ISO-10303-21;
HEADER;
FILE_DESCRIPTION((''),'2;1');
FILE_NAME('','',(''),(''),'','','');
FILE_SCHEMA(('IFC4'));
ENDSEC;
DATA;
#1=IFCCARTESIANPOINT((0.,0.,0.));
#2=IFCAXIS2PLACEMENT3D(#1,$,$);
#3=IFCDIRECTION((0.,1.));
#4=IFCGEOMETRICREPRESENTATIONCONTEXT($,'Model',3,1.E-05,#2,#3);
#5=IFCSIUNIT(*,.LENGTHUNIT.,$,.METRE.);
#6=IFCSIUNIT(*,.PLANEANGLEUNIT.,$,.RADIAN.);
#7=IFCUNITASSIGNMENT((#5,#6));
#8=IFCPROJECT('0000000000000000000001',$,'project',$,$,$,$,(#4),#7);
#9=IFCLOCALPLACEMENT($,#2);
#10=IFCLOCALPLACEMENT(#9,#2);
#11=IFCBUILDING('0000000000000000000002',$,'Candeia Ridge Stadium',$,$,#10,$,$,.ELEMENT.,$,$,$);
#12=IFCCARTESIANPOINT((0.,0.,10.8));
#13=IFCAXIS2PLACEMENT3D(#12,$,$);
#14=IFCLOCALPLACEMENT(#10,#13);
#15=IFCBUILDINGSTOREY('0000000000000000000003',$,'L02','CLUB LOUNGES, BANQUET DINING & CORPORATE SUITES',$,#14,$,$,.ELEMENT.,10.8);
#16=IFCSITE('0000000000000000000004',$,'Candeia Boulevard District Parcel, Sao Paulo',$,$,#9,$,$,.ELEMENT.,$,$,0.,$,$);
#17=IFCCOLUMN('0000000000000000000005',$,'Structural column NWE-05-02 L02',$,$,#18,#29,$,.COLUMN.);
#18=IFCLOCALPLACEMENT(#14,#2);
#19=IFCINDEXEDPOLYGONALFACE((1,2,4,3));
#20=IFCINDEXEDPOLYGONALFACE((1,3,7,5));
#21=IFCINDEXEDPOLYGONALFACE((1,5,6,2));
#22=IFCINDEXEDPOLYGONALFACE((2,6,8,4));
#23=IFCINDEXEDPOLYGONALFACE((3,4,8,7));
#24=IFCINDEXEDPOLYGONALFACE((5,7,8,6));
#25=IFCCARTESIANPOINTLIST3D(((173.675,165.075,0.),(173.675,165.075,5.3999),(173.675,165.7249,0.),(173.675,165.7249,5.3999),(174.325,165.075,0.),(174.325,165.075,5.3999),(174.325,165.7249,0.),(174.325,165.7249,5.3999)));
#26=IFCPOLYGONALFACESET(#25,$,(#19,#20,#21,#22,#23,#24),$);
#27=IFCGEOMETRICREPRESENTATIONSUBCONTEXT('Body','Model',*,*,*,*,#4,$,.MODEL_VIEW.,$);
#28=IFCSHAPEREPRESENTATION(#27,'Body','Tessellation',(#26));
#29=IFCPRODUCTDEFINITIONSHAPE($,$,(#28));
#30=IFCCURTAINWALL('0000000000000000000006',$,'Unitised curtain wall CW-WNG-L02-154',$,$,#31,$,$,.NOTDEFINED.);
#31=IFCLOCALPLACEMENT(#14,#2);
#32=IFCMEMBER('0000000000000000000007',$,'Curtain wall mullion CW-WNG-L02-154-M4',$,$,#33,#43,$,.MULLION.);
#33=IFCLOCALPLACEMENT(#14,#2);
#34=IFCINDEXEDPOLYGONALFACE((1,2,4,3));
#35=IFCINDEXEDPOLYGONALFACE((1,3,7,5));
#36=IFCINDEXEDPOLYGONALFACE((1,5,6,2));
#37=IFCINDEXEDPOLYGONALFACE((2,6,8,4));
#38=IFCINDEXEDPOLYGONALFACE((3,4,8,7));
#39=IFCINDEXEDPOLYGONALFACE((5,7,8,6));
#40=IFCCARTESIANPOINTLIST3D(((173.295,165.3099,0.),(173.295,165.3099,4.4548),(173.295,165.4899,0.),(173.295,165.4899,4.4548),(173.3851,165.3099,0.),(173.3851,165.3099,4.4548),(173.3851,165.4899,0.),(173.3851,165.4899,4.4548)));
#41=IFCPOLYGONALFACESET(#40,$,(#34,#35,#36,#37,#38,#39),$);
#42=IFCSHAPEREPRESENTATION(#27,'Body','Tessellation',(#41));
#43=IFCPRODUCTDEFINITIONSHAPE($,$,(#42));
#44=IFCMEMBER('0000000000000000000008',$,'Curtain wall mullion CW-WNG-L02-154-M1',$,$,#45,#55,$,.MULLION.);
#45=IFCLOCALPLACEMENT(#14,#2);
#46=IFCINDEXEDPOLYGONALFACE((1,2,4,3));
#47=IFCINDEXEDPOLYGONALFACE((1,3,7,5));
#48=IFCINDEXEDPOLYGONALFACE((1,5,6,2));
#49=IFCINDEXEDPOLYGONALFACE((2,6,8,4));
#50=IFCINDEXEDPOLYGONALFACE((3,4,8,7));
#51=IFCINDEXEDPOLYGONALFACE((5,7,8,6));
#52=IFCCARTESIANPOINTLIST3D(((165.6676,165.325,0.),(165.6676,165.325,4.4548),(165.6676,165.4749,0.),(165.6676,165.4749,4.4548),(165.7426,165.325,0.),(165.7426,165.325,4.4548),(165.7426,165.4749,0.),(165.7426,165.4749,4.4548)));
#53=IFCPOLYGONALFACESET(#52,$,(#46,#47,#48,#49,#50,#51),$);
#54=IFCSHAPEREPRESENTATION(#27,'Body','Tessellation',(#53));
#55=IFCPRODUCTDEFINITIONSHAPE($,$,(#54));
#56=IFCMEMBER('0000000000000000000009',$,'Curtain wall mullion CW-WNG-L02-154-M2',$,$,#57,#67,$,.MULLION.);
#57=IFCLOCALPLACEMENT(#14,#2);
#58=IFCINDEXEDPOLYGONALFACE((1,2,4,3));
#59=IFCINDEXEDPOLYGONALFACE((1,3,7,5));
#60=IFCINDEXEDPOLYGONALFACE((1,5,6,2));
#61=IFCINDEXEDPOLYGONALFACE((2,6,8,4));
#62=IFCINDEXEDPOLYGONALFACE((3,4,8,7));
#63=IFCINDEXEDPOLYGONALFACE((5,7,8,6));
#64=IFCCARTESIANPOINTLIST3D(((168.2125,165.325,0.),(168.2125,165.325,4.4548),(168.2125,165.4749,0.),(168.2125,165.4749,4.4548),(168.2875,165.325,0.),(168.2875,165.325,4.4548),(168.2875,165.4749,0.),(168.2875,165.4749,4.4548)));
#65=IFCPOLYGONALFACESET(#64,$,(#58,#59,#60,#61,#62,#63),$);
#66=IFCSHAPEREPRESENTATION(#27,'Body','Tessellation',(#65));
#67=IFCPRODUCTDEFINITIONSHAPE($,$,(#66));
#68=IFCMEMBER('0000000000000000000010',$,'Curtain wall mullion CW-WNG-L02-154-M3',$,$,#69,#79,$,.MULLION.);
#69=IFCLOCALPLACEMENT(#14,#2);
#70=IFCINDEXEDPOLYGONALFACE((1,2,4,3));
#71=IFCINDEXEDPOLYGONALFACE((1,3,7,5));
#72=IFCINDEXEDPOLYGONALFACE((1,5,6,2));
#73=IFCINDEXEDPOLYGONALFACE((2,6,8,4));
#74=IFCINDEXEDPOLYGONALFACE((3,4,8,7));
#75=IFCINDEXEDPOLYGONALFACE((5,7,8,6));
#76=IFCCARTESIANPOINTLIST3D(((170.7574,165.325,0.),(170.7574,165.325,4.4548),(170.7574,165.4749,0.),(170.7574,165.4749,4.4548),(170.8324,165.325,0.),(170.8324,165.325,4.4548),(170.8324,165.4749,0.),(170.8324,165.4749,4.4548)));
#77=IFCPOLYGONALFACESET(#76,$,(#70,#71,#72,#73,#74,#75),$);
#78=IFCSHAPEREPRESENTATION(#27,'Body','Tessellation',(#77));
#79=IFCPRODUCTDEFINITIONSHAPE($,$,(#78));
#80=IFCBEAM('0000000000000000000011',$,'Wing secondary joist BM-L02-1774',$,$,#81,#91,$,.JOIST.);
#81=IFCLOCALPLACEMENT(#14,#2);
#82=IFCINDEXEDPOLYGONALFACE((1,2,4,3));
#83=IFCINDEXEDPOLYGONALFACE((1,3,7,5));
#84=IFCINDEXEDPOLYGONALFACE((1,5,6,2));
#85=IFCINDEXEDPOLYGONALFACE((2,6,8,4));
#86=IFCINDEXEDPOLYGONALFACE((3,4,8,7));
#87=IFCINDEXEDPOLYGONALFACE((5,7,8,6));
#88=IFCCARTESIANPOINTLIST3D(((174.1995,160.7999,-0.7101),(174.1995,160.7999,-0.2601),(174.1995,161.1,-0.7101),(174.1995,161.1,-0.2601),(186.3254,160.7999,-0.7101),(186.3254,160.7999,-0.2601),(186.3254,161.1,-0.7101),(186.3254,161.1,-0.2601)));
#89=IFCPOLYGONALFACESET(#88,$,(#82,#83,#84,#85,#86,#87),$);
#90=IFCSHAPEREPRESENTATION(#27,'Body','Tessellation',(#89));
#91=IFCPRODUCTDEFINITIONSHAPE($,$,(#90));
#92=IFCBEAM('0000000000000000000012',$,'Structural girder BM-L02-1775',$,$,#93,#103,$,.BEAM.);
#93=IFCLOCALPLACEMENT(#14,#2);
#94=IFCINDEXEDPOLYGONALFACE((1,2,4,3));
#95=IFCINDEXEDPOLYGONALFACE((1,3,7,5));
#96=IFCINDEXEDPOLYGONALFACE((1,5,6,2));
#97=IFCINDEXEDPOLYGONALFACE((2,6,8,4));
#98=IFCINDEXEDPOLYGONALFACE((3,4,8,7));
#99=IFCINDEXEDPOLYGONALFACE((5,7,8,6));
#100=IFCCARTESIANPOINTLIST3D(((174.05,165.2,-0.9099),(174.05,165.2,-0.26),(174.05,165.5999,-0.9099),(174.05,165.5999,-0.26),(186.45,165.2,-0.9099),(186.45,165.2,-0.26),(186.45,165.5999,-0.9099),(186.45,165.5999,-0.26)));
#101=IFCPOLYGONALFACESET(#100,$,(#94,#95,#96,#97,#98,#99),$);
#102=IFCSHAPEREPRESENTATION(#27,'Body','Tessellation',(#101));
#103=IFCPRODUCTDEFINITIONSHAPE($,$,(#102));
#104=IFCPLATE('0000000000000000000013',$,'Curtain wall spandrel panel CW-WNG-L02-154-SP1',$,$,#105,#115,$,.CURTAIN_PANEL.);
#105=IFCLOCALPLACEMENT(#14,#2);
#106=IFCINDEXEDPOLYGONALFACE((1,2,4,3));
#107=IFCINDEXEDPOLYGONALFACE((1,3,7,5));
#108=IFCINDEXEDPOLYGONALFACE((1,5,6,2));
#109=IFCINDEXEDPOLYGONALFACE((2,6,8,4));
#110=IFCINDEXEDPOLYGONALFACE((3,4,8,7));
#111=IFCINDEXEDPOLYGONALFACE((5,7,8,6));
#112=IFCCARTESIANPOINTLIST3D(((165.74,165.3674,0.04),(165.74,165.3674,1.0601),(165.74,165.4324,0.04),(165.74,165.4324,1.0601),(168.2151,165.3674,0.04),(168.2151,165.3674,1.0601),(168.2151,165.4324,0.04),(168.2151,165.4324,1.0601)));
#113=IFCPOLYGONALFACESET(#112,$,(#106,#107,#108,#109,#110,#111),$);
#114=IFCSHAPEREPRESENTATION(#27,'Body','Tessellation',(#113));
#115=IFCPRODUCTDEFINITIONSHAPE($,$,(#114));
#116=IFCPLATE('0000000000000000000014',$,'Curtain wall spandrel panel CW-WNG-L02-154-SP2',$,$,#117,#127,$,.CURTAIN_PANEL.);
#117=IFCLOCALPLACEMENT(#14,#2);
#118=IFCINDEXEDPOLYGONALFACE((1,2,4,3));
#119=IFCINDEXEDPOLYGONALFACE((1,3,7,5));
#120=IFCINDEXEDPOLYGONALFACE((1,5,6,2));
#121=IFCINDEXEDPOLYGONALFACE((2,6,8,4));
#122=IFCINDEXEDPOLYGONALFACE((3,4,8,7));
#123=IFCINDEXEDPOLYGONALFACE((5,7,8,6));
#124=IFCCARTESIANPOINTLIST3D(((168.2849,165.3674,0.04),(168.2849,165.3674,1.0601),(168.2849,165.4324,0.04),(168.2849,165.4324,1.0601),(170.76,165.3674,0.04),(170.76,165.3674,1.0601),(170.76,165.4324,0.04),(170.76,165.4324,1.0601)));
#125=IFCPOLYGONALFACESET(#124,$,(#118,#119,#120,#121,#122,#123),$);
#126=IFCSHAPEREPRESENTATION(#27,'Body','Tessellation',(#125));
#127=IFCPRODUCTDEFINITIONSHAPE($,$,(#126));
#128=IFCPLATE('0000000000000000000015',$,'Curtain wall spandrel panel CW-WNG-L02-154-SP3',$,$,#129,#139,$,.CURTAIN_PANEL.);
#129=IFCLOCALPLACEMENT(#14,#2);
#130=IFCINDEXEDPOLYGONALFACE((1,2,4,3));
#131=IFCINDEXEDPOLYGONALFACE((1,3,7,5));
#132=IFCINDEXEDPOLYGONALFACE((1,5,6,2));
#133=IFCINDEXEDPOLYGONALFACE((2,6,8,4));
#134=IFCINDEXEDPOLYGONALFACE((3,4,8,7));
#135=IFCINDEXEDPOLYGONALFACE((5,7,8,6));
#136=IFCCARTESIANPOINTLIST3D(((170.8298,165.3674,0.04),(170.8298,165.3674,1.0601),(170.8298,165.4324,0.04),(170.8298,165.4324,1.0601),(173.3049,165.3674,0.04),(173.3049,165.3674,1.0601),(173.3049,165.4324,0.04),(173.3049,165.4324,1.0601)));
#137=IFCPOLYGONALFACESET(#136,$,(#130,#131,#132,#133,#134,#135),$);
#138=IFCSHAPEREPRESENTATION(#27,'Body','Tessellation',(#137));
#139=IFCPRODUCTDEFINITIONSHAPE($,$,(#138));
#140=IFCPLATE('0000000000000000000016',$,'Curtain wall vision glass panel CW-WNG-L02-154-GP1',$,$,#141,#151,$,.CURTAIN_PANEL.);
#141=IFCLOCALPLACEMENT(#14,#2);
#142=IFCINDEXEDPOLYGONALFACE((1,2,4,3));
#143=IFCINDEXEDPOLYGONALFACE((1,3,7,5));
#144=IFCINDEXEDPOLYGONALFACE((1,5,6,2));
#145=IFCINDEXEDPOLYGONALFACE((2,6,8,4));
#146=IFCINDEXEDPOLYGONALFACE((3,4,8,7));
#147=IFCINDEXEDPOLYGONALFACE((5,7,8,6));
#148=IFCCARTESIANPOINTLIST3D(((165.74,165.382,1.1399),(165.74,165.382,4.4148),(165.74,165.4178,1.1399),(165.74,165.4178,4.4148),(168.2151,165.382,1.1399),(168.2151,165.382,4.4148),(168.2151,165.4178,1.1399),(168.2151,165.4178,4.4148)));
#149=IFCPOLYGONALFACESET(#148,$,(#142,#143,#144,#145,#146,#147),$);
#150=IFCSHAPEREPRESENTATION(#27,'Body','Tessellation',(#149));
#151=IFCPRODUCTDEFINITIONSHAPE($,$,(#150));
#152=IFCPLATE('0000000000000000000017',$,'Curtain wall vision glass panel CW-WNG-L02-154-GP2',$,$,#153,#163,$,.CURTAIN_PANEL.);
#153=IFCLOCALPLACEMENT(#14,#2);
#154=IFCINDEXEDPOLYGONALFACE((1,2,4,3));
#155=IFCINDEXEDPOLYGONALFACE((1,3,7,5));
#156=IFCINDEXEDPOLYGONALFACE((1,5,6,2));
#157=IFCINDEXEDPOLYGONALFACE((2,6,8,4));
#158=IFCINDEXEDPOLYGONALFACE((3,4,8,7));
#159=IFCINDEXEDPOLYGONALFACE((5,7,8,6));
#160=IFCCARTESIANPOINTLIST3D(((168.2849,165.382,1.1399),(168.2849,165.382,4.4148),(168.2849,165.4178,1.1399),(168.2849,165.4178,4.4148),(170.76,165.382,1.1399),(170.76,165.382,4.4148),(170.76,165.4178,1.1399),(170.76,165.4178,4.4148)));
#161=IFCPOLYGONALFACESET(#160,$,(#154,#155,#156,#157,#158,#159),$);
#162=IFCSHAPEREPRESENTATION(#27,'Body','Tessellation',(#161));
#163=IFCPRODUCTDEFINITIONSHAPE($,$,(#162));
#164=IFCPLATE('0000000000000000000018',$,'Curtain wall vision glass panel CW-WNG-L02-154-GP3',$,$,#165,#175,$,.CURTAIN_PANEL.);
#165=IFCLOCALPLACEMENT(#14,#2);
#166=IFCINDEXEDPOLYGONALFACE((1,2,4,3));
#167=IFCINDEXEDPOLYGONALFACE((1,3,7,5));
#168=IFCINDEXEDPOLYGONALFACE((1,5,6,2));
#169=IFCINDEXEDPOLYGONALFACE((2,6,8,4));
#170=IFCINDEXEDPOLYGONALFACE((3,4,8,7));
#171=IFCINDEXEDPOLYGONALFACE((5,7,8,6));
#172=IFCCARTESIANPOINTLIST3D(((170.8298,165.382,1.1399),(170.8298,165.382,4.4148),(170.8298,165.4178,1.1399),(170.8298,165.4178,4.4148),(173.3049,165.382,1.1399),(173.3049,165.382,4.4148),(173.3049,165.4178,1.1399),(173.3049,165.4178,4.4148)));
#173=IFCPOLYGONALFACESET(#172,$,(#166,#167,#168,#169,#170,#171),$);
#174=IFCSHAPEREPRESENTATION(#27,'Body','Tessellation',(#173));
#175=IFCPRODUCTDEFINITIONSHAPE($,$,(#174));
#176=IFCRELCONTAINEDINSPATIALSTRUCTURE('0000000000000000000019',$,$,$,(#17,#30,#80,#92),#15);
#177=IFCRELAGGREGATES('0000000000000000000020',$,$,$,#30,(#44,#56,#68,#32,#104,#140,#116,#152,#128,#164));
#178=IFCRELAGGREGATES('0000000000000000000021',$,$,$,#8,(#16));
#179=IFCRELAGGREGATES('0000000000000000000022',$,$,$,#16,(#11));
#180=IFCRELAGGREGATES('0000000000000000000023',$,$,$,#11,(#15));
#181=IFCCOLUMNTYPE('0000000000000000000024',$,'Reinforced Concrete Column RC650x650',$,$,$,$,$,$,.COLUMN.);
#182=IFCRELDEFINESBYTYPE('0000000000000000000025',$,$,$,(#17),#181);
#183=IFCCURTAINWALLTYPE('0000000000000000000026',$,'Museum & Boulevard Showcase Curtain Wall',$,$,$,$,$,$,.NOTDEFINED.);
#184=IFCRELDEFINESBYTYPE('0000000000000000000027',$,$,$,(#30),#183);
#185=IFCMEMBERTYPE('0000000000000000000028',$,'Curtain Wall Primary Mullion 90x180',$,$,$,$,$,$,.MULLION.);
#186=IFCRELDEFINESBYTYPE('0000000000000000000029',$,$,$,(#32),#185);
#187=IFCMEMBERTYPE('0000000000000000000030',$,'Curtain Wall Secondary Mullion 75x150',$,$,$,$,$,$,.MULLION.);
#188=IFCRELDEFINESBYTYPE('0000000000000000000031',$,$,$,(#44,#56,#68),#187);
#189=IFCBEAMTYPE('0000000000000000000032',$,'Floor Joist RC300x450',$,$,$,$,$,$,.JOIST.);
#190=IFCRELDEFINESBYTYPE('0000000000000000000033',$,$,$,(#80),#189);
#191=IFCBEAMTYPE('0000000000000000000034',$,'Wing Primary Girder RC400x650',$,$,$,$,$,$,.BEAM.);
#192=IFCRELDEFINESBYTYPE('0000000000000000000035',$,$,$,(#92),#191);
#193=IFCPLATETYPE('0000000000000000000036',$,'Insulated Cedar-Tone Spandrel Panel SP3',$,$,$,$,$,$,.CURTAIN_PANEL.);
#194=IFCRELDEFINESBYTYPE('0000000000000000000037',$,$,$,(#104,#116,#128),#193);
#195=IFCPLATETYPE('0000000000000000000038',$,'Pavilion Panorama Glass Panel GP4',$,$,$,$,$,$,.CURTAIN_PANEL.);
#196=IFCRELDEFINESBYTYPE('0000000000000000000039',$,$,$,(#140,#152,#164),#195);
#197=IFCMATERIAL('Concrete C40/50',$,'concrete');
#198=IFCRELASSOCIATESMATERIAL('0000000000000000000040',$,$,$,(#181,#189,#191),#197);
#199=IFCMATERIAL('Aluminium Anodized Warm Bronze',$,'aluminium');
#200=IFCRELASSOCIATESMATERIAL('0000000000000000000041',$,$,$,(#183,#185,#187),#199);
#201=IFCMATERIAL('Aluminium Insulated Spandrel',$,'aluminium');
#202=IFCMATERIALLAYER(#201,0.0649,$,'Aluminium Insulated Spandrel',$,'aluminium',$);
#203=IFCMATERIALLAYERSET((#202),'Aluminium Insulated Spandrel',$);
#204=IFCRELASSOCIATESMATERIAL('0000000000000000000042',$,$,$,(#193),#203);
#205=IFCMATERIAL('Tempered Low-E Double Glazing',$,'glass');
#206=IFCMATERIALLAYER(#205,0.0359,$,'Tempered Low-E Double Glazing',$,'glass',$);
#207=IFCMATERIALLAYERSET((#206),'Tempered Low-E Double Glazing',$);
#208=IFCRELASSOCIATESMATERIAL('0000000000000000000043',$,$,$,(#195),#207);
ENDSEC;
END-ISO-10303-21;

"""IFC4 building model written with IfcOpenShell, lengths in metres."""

from ifc_helpers import new_model, si_unit, direction, frame, origin, origin_2d, place, context, subcontext, project, spatial, rectangle, extrude, material, layer, layer_set, material_profile, profile_set, type_object, element, aggregate, save


model = new_model("IFC4")

# Units and contexts
model_context = context("Model", 3, precision=1e-05, world=origin(), true_north=direction((0.0, 1.0)))
body_context = subcontext(model_context, "Body", "Model", "MODEL_VIEW")
ifc_project = project(units=[si_unit("LENGTHUNIT", "METRE"), si_unit("PLANEANGLEUNIT", "RADIAN")], contexts=[model_context])

# Site, building, storey
site_placement = place(None, origin())
site = spatial("IfcSite", under=ifc_project, at=site_placement, Name="Candeia Boulevard District Parcel, Sao Paulo", CompositionType="ELEMENT", RefElevation=0.0)
building_placement = place(site_placement, origin())
building = spatial("IfcBuilding", under=site, at=building_placement, Name="Candeia Ridge Stadium", CompositionType="ELEMENT")
storey_placement = place(building_placement, frame((0.0, 0.0, 10.8)))
storey = spatial("IfcBuildingStorey", under=building, at=storey_placement, Name="L02", Description="CLUB LOUNGES, BANQUET DINING & CORPORATE SUITES", CompositionType="ELEMENT", Elevation=10.8)

# Column
ifc_material_1 = material(Name="Concrete C40/50", Category="concrete")
ifc_material_profile_1 = material_profile(ifc_material_1, rectangle(XDim=0.6499, YDim=0.6499, at=origin_2d()), Name="RC650x650", Category="concrete")
ifc_profile_set_1 = profile_set([ifc_material_profile_1], Name="Concrete C40/50")
column_type = type_object("IfcColumnType", Name="Reinforced Concrete Column RC650x650", PredefinedType="COLUMN", material=ifc_profile_set_1)
column_placement = place(storey_placement, frame((174.0, 165.3999, 0.0), z_axis=(0.0, 0.0, 1.0), x_axis=(1.0, 0.0, 0.0)))
element("IfcColumn", 1, at=column_placement, inside=storey, type_object=column_type, Name="Structural column NWE-05-02 L02", PredefinedType="COLUMN", context=body_context, shape_type="SweptSolid", body=[
    extrude(rectangle(XDim=0.6499, YDim=0.6499, at=origin_2d()), origin(), (0.0, 0.0, 1.0), 5.3999),
])

# Curtain wall, members
ifc_material_2 = material(Name="Aluminium Anodized Warm Bronze", Category="aluminium")
curtain_wall_type = type_object("IfcCurtainWallType", Name="Museum & Boulevard Showcase Curtain Wall", PredefinedType="NOTDEFINED", material=ifc_material_2)
curtain_wall_placement = place(storey_placement, origin())
curtain_wall = element("IfcCurtainWall", 2, at=curtain_wall_placement, inside=storey, type_object=curtain_wall_type, Name="Unitised curtain wall CW-WNG-L02-154", PredefinedType="NOTDEFINED")
ifc_material_profile_2 = material_profile(ifc_material_2, rectangle(XDim=0.0901, YDim=0.1799, at=origin_2d()), Name="CWM-90x180", Category="aluminium")
ifc_profile_set_2 = profile_set([ifc_material_profile_2], Name="Aluminium Anodized Warm Bronze")
member_type_1 = type_object("IfcMemberType", Name="Curtain Wall Primary Mullion 90x180", PredefinedType="MULLION", material=ifc_profile_set_2)
member_1_placement = place(storey_placement, frame((173.3401, 165.3999, 0.0), z_axis=(0.0, 0.0, 1.0), x_axis=(1.0, 0.0, 0.0)))
member_1 = element("IfcMember", 3, at=member_1_placement, type_object=member_type_1, Name="Curtain wall mullion CW-WNG-L02-154-M4", PredefinedType="MULLION", context=body_context, shape_type="SweptSolid", body=[
    extrude(rectangle(XDim=0.0901, YDim=0.1799, at=origin_2d()), origin(), (0.0, 0.0, 1.0), 4.4548),
])
ifc_material_profile_3 = material_profile(ifc_material_2, rectangle(XDim=0.075, YDim=0.1499, at=origin_2d()), Name="CWM-75x150", Category="aluminium")
ifc_profile_set_3 = profile_set([ifc_material_profile_3], Name="Aluminium Anodized Warm Bronze")
member_type_2 = type_object("IfcMemberType", Name="Curtain Wall Secondary Mullion 75x150", PredefinedType="MULLION", material=ifc_profile_set_3)
member_2_placement = place(storey_placement, frame((165.7051, 165.3999, 0.0), z_axis=(0.0, 0.0, 1.0), x_axis=(1.0, 0.0, 0.0)))
member_2 = element("IfcMember", 4, at=member_2_placement, type_object=member_type_2, Name="Curtain wall mullion CW-WNG-L02-154-M1", PredefinedType="MULLION", context=body_context, shape_type="SweptSolid", body=[
    extrude(rectangle(XDim=0.075, YDim=0.1499, at=origin_2d()), origin(), (0.0, 0.0, 1.0), 4.4548),
])
member_3_placement = place(storey_placement, frame((168.25, 165.3999, 0.0), z_axis=(0.0, 0.0, 1.0), x_axis=(1.0, 0.0, 0.0)))
member_3 = element("IfcMember", 5, at=member_3_placement, type_object=member_type_2, Name="Curtain wall mullion CW-WNG-L02-154-M2", PredefinedType="MULLION", context=body_context, shape_type="SweptSolid", body=[
    extrude(rectangle(XDim=0.075, YDim=0.1499, at=origin_2d()), origin(), (0.0, 0.0, 1.0), 4.4548),
])
member_4_placement = place(storey_placement, frame((170.7949, 165.3999, 0.0), z_axis=(0.0, 0.0, 1.0), x_axis=(1.0, 0.0, 0.0)))
member_4 = element("IfcMember", 6, at=member_4_placement, type_object=member_type_2, Name="Curtain wall mullion CW-WNG-L02-154-M3", PredefinedType="MULLION", context=body_context, shape_type="SweptSolid", body=[
    extrude(rectangle(XDim=0.075, YDim=0.1499, at=origin_2d()), origin(), (0.0, 0.0, 1.0), 4.4548),
])

# Beams
ifc_material_profile_4 = material_profile(ifc_material_1, rectangle(XDim=0.3, YDim=0.45, at=origin_2d()), Name="RC300x450", Category="concrete")
ifc_profile_set_4 = profile_set([ifc_material_profile_4], Name="Concrete C40/50")
beam_type_1 = type_object("IfcBeamType", Name="Floor Joist RC300x450", PredefinedType="JOIST", material=ifc_profile_set_4)
beam_1_placement = place(storey_placement, frame((174.1995, 160.95, -0.4851), z_axis=(1.0, 0.0, 0.0), x_axis=(0.0, 1.0, 0.0)))
element("IfcBeam", 7, at=beam_1_placement, inside=storey, type_object=beam_type_1, Name="Wing secondary joist BM-L02-1774", PredefinedType="JOIST", context=body_context, shape_type="SweptSolid", body=[
    extrude(rectangle(XDim=0.3, YDim=0.45, at=origin_2d()), origin(), (0.0, 0.0, 1.0), 12.126),
])
ifc_material_profile_5 = material_profile(ifc_material_1, rectangle(XDim=0.3999, YDim=0.6499, at=origin_2d()), Name="RC400x650", Category="concrete")
ifc_profile_set_5 = profile_set([ifc_material_profile_5], Name="Concrete C40/50")
beam_type_2 = type_object("IfcBeamType", Name="Wing Primary Girder RC400x650", PredefinedType="BEAM", material=ifc_profile_set_5)
beam_2_placement = place(storey_placement, frame((174.05, 165.3999, -0.585), z_axis=(1.0, 0.0, 0.0), x_axis=(0.0, 1.0, 0.0)))
element("IfcBeam", 8, at=beam_2_placement, inside=storey, type_object=beam_type_2, Name="Structural girder BM-L02-1775", PredefinedType="BEAM", context=body_context, shape_type="SweptSolid", body=[
    extrude(rectangle(XDim=0.3999, YDim=0.6499, at=origin_2d()), origin(), (0.0, 0.0, 1.0), 12.3999),
])

# Plates
ifc_material_3 = material(Name="Aluminium Insulated Spandrel", Category="aluminium")
ifc_layer_1 = layer(ifc_material_3, 0.0649, Name="Aluminium Insulated Spandrel", Category="aluminium")
ifc_layer_set_1 = layer_set([ifc_layer_1], Name="Aluminium Insulated Spandrel")
plate_type_1 = type_object("IfcPlateType", Name="Insulated Cedar-Tone Spandrel Panel SP3", PredefinedType="CURTAIN_PANEL", material=ifc_layer_set_1)
plate_1_placement = place(storey_placement, frame((166.9775, 165.3999, 0.04), z_axis=(0.0, 0.0, 1.0), x_axis=(1.0, 0.0, 0.0)))
plate_1 = element("IfcPlate", 9, at=plate_1_placement, type_object=plate_type_1, Name="Curtain wall spandrel panel CW-WNG-L02-154-SP1", PredefinedType="CURTAIN_PANEL", context=body_context, shape_type="SweptSolid", body=[
    extrude(rectangle(XDim=2.4751, YDim=0.0649, at=origin_2d()), origin(), (0.0, 0.0, 1.0), 1.02),
])
plate_2_placement = place(storey_placement, frame((169.5225, 165.3999, 0.04), z_axis=(0.0, 0.0, 1.0), x_axis=(1.0, 0.0, 0.0)))
plate_2 = element("IfcPlate", 10, at=plate_2_placement, type_object=plate_type_1, Name="Curtain wall spandrel panel CW-WNG-L02-154-SP2", PredefinedType="CURTAIN_PANEL", context=body_context, shape_type="SweptSolid", body=[
    extrude(rectangle(XDim=2.4751, YDim=0.0649, at=origin_2d()), origin(), (0.0, 0.0, 1.0), 1.02),
])
plate_3_placement = place(storey_placement, frame((172.0674, 165.3999, 0.04), z_axis=(0.0, 0.0, 1.0), x_axis=(1.0, 0.0, 0.0)))
plate_3 = element("IfcPlate", 11, at=plate_3_placement, type_object=plate_type_1, Name="Curtain wall spandrel panel CW-WNG-L02-154-SP3", PredefinedType="CURTAIN_PANEL", context=body_context, shape_type="SweptSolid", body=[
    extrude(rectangle(XDim=2.4751, YDim=0.0649, at=origin_2d()), origin(), (0.0, 0.0, 1.0), 1.02),
])
ifc_material_4 = material(Name="Tempered Low-E Double Glazing", Category="glass")
ifc_layer_2 = layer(ifc_material_4, 0.0359, Name="Tempered Low-E Double Glazing", Category="glass")
ifc_layer_set_2 = layer_set([ifc_layer_2], Name="Tempered Low-E Double Glazing")
plate_type_2 = type_object("IfcPlateType", Name="Pavilion Panorama Glass Panel GP4", PredefinedType="CURTAIN_PANEL", material=ifc_layer_set_2)
plate_4_placement = place(storey_placement, frame((166.9775, 165.3999, 1.1399), z_axis=(0.0, 0.0, 1.0), x_axis=(1.0, 0.0, 0.0)))
plate_4 = element("IfcPlate", 12, at=plate_4_placement, type_object=plate_type_2, Name="Curtain wall vision glass panel CW-WNG-L02-154-GP1", PredefinedType="CURTAIN_PANEL", context=body_context, shape_type="SweptSolid", body=[
    extrude(rectangle(XDim=2.4751, YDim=0.0359, at=origin_2d()), origin(), (0.0, 0.0, 1.0), 3.2749),
])
plate_5_placement = place(storey_placement, frame((169.5225, 165.3999, 1.1399), z_axis=(0.0, 0.0, 1.0), x_axis=(1.0, 0.0, 0.0)))
plate_5 = element("IfcPlate", 13, at=plate_5_placement, type_object=plate_type_2, Name="Curtain wall vision glass panel CW-WNG-L02-154-GP2", PredefinedType="CURTAIN_PANEL", context=body_context, shape_type="SweptSolid", body=[
    extrude(rectangle(XDim=2.4751, YDim=0.0359, at=origin_2d()), origin(), (0.0, 0.0, 1.0), 3.2749),
])
plate_6_placement = place(storey_placement, frame((172.0674, 165.3999, 1.1399), z_axis=(0.0, 0.0, 1.0), x_axis=(1.0, 0.0, 0.0)))
plate_6 = element("IfcPlate", 14, at=plate_6_placement, type_object=plate_type_2, Name="Curtain wall vision glass panel CW-WNG-L02-154-GP3", PredefinedType="CURTAIN_PANEL", context=body_context, shape_type="SweptSolid", body=[
    extrude(rectangle(XDim=2.4751, YDim=0.0359, at=origin_2d()), origin(), (0.0, 0.0, 1.0), 3.2749),
])
aggregate(curtain_wall, [member_2, member_3, member_4, member_1, plate_1, plate_4, plate_2, plate_5, plate_3, plate_6])

save(model, "model.ifc")
